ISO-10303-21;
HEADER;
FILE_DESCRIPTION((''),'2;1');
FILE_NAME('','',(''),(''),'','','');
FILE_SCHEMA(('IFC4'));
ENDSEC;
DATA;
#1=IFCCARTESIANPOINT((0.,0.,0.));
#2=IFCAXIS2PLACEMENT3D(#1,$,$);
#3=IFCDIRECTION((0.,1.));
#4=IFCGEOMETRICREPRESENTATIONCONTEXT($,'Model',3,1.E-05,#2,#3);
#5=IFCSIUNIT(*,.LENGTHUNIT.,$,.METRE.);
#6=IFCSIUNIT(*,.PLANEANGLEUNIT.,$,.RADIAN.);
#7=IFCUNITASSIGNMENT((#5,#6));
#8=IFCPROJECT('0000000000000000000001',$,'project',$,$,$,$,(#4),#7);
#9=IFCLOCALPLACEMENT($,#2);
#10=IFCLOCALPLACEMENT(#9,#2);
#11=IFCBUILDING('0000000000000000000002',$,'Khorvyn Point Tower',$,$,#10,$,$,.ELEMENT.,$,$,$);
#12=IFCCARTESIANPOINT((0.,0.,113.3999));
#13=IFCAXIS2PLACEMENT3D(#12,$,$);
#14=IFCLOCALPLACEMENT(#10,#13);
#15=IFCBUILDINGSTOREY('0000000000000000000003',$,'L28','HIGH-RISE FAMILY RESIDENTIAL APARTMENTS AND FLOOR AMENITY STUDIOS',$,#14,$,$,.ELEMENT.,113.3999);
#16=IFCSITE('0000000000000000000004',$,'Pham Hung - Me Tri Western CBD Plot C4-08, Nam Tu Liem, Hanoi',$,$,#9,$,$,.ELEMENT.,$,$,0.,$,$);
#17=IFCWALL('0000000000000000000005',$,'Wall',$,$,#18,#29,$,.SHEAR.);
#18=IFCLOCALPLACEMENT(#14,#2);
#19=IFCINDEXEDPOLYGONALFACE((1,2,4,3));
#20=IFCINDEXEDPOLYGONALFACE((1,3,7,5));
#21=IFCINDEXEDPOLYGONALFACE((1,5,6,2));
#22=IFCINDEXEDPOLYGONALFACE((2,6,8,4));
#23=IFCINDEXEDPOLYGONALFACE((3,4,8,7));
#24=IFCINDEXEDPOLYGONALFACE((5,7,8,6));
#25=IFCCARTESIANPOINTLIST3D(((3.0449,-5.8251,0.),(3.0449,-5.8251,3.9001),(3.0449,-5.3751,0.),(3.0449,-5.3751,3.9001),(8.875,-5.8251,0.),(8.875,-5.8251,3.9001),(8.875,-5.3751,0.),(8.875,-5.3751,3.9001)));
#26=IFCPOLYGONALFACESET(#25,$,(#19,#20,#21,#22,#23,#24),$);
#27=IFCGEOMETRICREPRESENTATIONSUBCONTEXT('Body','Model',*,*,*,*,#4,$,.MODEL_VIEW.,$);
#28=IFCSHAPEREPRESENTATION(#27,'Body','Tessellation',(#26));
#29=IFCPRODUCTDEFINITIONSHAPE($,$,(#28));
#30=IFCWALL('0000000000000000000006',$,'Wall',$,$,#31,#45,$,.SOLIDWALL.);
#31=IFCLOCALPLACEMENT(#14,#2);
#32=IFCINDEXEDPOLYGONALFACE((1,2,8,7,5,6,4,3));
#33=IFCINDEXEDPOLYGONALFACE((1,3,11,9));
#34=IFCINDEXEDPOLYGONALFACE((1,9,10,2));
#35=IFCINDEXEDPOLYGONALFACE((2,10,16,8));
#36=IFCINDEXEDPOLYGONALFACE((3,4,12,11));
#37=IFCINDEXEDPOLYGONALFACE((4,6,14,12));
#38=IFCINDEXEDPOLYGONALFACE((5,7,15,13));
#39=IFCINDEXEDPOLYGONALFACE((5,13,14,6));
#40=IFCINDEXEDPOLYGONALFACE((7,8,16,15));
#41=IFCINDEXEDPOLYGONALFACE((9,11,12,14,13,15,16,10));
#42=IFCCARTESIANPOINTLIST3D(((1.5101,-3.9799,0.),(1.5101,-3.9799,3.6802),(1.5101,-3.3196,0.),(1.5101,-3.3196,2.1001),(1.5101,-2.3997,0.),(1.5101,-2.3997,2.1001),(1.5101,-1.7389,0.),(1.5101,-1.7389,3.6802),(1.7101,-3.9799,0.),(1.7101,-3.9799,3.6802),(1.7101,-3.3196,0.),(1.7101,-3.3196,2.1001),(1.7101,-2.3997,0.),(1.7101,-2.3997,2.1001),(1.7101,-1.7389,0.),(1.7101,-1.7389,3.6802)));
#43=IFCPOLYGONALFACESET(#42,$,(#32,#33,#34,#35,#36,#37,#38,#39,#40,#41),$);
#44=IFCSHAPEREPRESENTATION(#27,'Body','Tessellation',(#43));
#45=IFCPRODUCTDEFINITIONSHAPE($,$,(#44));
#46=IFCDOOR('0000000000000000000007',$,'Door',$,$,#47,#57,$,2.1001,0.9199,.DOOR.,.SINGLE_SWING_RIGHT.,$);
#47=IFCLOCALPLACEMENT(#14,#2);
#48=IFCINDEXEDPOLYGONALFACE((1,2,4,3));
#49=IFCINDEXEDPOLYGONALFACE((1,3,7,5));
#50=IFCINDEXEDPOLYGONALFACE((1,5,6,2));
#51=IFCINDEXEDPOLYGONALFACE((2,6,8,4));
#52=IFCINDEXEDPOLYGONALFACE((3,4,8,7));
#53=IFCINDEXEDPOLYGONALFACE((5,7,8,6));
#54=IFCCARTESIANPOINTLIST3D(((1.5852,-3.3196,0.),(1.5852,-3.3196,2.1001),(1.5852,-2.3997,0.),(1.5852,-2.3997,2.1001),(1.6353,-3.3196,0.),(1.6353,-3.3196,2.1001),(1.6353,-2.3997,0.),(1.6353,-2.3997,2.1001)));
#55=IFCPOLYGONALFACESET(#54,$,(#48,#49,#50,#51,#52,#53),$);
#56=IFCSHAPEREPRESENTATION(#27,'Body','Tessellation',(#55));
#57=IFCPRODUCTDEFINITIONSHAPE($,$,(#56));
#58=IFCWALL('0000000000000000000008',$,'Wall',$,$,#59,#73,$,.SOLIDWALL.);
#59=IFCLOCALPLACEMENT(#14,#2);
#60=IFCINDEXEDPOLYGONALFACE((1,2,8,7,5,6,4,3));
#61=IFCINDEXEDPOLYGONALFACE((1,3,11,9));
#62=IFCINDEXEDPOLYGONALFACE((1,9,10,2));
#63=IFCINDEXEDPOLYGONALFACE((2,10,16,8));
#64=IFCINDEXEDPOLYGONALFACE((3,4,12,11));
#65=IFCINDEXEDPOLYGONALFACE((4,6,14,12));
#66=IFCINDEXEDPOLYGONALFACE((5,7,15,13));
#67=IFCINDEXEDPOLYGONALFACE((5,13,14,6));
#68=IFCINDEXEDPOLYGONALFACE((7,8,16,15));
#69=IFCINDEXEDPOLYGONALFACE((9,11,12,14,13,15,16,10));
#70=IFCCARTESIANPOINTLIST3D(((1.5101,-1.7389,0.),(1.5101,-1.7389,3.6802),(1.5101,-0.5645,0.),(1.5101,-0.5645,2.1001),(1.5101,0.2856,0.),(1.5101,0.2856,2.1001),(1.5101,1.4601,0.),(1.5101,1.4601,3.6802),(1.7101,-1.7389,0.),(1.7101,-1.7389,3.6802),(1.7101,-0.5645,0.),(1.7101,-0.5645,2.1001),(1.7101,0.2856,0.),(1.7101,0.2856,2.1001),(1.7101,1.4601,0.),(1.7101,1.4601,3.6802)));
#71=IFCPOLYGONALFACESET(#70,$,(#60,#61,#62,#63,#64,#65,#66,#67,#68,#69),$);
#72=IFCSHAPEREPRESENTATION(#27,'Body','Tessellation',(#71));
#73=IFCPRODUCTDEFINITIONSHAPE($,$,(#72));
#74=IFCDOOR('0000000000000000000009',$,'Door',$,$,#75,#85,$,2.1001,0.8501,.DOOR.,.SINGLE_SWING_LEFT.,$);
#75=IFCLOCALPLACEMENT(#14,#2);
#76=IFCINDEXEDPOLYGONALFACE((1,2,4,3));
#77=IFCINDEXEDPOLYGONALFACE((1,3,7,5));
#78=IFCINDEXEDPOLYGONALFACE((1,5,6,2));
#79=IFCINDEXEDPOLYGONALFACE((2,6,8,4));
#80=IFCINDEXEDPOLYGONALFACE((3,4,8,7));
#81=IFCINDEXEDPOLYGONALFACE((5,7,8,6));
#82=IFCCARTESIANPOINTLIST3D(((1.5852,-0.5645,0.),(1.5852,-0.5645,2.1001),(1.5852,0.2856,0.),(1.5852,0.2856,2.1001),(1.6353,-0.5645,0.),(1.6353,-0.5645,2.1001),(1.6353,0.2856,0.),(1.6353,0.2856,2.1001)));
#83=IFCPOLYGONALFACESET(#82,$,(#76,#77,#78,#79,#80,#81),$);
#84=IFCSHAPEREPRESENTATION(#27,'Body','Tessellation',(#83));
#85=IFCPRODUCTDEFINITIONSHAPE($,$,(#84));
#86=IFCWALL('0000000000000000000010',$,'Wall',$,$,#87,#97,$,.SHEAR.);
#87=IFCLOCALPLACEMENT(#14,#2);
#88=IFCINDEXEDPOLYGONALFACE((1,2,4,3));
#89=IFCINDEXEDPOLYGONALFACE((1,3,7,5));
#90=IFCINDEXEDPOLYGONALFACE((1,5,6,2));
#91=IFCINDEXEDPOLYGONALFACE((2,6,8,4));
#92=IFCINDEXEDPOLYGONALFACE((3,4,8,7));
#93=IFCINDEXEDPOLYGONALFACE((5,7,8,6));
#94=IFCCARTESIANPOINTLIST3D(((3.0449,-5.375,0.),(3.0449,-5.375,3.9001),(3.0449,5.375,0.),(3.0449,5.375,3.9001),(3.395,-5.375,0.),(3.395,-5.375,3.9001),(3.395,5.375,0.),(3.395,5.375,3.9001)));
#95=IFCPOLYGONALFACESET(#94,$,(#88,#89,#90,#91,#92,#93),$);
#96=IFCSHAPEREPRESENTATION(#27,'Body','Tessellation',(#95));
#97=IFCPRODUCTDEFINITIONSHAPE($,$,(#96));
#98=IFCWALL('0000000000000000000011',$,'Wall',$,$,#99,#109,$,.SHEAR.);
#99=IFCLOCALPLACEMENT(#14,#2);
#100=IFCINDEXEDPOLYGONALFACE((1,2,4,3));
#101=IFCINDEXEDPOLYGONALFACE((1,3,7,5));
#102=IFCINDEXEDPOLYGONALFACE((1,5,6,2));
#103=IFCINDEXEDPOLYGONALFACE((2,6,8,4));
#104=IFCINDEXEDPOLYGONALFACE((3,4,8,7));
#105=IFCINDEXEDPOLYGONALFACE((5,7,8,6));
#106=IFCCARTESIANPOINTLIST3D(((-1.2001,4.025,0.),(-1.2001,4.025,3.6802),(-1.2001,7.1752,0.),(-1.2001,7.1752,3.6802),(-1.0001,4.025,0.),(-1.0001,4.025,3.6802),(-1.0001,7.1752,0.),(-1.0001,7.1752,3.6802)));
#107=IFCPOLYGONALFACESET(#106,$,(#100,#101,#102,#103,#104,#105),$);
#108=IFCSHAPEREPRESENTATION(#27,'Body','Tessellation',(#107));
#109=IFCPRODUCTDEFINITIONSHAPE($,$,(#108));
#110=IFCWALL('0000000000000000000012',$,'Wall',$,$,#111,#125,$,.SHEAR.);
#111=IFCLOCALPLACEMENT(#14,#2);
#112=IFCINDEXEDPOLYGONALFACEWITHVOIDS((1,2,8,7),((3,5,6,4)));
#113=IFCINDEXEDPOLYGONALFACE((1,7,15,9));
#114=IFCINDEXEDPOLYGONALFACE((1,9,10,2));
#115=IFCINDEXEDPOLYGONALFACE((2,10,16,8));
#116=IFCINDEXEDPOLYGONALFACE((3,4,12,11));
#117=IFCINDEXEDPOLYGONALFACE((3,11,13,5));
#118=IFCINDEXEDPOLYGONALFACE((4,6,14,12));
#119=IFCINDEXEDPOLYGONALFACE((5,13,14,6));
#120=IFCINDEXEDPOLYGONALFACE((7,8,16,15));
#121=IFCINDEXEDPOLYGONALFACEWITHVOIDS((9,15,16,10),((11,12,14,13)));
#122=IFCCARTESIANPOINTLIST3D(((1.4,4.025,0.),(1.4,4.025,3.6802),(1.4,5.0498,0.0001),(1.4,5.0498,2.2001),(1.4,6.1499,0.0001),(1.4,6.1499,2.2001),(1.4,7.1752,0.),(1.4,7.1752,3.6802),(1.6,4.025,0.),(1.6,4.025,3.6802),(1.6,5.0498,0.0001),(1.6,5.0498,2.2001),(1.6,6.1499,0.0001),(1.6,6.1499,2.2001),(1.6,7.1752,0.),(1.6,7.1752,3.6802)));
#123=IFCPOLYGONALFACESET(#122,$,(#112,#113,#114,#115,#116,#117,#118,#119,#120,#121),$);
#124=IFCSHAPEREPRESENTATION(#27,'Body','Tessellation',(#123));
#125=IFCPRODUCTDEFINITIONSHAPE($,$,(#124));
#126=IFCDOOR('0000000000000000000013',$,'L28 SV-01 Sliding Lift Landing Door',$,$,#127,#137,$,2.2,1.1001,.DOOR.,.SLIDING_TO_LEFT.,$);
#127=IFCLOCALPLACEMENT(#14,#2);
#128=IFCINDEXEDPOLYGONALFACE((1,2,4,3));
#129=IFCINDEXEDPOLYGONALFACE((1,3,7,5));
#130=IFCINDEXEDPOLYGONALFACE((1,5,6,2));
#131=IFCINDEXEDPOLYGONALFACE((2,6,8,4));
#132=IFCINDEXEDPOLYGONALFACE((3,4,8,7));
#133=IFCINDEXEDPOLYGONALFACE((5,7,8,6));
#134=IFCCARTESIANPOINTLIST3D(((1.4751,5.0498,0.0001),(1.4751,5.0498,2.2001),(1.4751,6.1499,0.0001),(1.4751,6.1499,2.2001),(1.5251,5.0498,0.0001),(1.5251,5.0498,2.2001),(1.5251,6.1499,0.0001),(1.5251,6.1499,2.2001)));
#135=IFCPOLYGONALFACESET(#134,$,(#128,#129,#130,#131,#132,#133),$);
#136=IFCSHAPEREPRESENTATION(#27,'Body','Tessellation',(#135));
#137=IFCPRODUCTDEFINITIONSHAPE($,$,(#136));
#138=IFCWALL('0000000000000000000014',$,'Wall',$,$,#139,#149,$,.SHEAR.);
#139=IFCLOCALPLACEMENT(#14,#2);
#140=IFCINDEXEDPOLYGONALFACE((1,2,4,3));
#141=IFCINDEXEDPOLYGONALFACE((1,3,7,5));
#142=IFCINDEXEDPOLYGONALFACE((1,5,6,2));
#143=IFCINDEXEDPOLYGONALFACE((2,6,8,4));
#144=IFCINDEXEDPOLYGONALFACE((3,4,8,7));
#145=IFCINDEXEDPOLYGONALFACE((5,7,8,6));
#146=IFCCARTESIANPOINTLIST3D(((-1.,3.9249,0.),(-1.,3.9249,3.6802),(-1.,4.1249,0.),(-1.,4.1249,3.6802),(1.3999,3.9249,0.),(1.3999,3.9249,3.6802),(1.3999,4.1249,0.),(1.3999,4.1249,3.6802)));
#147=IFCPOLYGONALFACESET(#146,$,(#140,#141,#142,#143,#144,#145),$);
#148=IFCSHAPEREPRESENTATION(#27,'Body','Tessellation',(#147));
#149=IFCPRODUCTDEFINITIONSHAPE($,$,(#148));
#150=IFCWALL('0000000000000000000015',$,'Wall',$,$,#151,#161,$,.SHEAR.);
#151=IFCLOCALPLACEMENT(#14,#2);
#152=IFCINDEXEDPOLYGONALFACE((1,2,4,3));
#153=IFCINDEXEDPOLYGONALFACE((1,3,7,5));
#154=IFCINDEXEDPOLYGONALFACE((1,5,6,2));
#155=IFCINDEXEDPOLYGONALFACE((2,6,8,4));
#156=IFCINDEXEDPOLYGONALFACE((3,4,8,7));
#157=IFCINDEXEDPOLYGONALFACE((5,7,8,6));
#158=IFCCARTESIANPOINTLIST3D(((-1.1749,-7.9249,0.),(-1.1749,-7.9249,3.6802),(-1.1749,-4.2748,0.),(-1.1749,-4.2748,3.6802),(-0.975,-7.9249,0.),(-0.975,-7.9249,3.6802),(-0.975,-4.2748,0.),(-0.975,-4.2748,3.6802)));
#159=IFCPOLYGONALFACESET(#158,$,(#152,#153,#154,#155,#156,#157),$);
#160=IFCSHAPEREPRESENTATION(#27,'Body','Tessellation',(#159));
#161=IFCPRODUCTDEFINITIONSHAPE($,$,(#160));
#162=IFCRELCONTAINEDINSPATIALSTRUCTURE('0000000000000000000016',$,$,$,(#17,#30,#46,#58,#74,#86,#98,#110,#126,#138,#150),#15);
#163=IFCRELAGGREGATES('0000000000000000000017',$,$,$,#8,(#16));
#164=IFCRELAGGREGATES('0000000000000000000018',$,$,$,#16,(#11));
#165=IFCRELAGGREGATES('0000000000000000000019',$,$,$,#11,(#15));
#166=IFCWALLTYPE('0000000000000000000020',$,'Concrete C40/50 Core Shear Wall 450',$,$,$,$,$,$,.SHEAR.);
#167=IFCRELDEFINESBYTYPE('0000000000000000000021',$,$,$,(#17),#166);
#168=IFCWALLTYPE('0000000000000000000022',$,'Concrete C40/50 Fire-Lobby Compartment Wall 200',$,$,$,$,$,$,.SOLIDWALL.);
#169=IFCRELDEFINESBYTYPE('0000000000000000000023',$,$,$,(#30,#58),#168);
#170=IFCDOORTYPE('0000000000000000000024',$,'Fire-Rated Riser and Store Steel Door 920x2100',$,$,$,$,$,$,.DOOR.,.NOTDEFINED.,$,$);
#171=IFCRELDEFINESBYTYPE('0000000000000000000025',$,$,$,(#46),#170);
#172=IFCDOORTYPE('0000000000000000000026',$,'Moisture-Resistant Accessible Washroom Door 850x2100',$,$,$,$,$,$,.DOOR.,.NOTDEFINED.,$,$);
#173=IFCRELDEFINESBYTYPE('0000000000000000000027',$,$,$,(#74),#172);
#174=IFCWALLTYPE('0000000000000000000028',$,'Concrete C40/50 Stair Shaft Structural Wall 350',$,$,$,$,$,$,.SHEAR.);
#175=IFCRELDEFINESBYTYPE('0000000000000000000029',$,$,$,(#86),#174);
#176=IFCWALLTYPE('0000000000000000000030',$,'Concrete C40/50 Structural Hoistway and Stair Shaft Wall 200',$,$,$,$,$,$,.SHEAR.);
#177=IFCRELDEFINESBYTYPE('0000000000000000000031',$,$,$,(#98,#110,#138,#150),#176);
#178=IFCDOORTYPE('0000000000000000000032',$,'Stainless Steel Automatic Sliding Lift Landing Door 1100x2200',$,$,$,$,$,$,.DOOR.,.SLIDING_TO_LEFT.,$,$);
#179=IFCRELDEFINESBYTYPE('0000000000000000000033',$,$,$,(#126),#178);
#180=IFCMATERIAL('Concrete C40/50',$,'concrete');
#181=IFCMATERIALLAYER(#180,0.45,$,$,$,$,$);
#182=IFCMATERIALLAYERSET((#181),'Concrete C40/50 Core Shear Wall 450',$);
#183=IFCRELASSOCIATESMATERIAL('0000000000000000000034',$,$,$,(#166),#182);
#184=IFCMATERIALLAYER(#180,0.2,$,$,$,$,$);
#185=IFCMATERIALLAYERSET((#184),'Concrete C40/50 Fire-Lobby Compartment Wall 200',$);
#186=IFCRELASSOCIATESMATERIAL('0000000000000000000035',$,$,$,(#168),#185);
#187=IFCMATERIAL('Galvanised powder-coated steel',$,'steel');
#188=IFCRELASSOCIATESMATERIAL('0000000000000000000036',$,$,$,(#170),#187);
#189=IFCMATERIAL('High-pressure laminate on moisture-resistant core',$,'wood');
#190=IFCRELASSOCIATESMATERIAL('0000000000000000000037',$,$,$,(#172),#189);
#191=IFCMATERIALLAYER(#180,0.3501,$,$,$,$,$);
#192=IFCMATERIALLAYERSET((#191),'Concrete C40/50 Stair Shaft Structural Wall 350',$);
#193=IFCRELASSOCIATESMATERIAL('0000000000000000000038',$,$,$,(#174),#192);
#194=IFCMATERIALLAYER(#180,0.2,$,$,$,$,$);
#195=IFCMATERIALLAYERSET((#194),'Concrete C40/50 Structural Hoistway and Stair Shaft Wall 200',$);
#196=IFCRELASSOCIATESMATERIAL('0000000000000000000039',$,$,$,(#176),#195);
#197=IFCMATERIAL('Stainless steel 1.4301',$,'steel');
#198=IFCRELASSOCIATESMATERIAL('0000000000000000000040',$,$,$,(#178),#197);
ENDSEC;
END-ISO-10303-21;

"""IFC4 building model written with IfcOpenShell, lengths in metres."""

from ifc_helpers import new_model, si_unit, direction, frame, frame_2d, origin, place, context, subcontext, project, spatial, rectangle, extrude, material, layer, layer_set, type_object, element, fill, save


model = new_model("IFC4")

# Units and contexts
model_context = context("Model", 3, precision=1e-05, world=origin(), true_north=direction((0.0, 1.0)))
body_context = subcontext(model_context, "Body", "Model", "MODEL_VIEW")
ifc_project = project(units=[si_unit("LENGTHUNIT", "METRE"), si_unit("PLANEANGLEUNIT", "RADIAN")], contexts=[model_context])

# Site, building, storey
site_placement = place(None, origin())
site = spatial("IfcSite", under=ifc_project, at=site_placement, Name="Pham Hung - Me Tri Western CBD Plot C4-08, Nam Tu Liem, Hanoi", CompositionType="ELEMENT", RefElevation=0.0)
building_placement = place(site_placement, origin())
building = spatial("IfcBuilding", under=site, at=building_placement, Name="Khorvyn Point Tower", CompositionType="ELEMENT")
storey_placement = place(building_placement, frame((0.0, 0.0, 113.3999)))
storey = spatial("IfcBuildingStorey", under=building, at=storey_placement, Name="L28", Description="HIGH-RISE FAMILY RESIDENTIAL APARTMENTS AND FLOOR AMENITY STUDIOS", CompositionType="ELEMENT", Elevation=113.3999)

# Shared definitions
ifc_material_1 = material(Name="Concrete C40/50", Category="concrete")

# Wall
ifc_layer_1 = layer(ifc_material_1, 0.45)
ifc_layer_set_1 = layer_set([ifc_layer_1], Name="Concrete C40/50 Core Shear Wall 450")
wall_type_1 = type_object("IfcWallType", Name="Concrete C40/50 Core Shear Wall 450", PredefinedType="SHEAR", material=ifc_layer_set_1)
wall_1_placement = place(storey_placement, frame((3.0449, -5.6001, 0.0), z_axis=(0.0, 0.0, 1.0), x_axis=(1.0, 0.0, 0.0)))
element("IfcWall", 1, at=wall_1_placement, inside=storey, type_object=wall_type_1, Name="Wall", PredefinedType="SHEAR", context=body_context, shape_type="SweptSolid", body=[
    extrude(rectangle(XDim=5.8301, YDim=0.45, at=frame_2d((2.915, 0.0))), origin(), (0.0, 0.0, 1.0), 3.9001),
])

# Walls, openings, doors
ifc_layer_2 = layer(ifc_material_1, 0.2)
ifc_layer_set_2 = layer_set([ifc_layer_2], Name="Concrete C40/50 Fire-Lobby Compartment Wall 200")
wall_type_2 = type_object("IfcWallType", Name="Concrete C40/50 Fire-Lobby Compartment Wall 200", PredefinedType="SOLIDWALL", material=ifc_layer_set_2)
wall_2_placement = place(storey_placement, frame((1.6101, -3.98, 0.0), z_axis=(0.0, 0.0, 1.0), x_axis=(0.0, 1.0, 0.0)))
wall_2 = element("IfcWall", 2, at=wall_2_placement, inside=storey, type_object=wall_type_2, Name="Wall", PredefinedType="SOLIDWALL", context=body_context, shape_type="SweptSolid", body=[
    extrude(rectangle(XDim=2.241, YDim=0.2, at=frame_2d((1.1206, 0.0))), origin(), (0.0, 0.0, 1.0), 3.6802),
])
opening_1_placement = place(wall_2_placement, frame((0.6604, 0.0, 0.0)))
opening_1 = element("IfcOpeningElement", 3, at=opening_1_placement, cuts=wall_2, PredefinedType="OPENING", context=body_context, shape_type="SweptSolid", body=[
    extrude(rectangle(XDim=0.9199, YDim=2.1001, at=frame_2d((0.46, 1.05))), frame((0.0, 0.1099, 0.0), z_axis=(0.0, -1.0, 0.0), x_axis=(1.0, 0.0, 0.0)), (0.0, 0.0, 1.0), 0.22),
])
ifc_material_2 = material(Name="Galvanised powder-coated steel", Category="steel")
door_type_1 = type_object("IfcDoorType", Name="Fire-Rated Riser and Store Steel Door 920x2100", OperationType="NOTDEFINED", PredefinedType="DOOR", material=ifc_material_2)
door_1_placement = place(opening_1_placement, origin())
door_1 = element("IfcDoor", 4, at=door_1_placement, inside=storey, type_object=door_type_1, Name="Door", OperationType="SINGLE_SWING_RIGHT", OverallHeight=2.1001, OverallWidth=0.9199, PredefinedType="DOOR", context=body_context, shape_type="SweptSolid", body=[
    extrude(rectangle(XDim=0.9199, YDim=2.1001, at=frame_2d((0.46, 1.05))), frame((0.0, 0.0249, 0.0), z_axis=(0.0, -1.0, 0.0), x_axis=(1.0, 0.0, 0.0)), (0.0, 0.0, 1.0), 0.05),
])
fill(opening_1, door_1)
wall_3_placement = place(storey_placement, frame((1.6101, -1.739, 0.0), z_axis=(0.0, 0.0, 1.0), x_axis=(0.0, 1.0, 0.0)))
wall_3 = element("IfcWall", 5, at=wall_3_placement, inside=storey, type_object=wall_type_2, Name="Wall", PredefinedType="SOLIDWALL", context=body_context, shape_type="SweptSolid", body=[
    extrude(rectangle(XDim=3.199, YDim=0.2, at=frame_2d((1.5996, 0.0))), origin(), (0.0, 0.0, 1.0), 3.6802),
])
opening_2_placement = place(wall_3_placement, frame((1.1746, 0.0, 0.0)))
opening_2 = element("IfcOpeningElement", 6, at=opening_2_placement, cuts=wall_3, PredefinedType="OPENING", context=body_context, shape_type="SweptSolid", body=[
    extrude(rectangle(XDim=0.8501, YDim=2.1001, at=frame_2d((0.425, 1.05))), frame((0.0, 0.1099, 0.0), z_axis=(0.0, -1.0, 0.0), x_axis=(1.0, 0.0, 0.0)), (0.0, 0.0, 1.0), 0.22),
])
ifc_material_3 = material(Name="High-pressure laminate on moisture-resistant core", Category="wood")
door_type_2 = type_object("IfcDoorType", Name="Moisture-Resistant Accessible Washroom Door 850x2100", OperationType="NOTDEFINED", PredefinedType="DOOR", material=ifc_material_3)
door_2_placement = place(opening_2_placement, origin())
door_2 = element("IfcDoor", 7, at=door_2_placement, inside=storey, type_object=door_type_2, Name="Door", OperationType="SINGLE_SWING_LEFT", OverallHeight=2.1001, OverallWidth=0.8501, PredefinedType="DOOR", context=body_context, shape_type="SweptSolid", body=[
    extrude(rectangle(XDim=0.8501, YDim=2.1001, at=frame_2d((0.425, 1.05))), frame((0.0, 0.0249, 0.0), z_axis=(0.0, -1.0, 0.0), x_axis=(1.0, 0.0, 0.0)), (0.0, 0.0, 1.0), 0.05),
])
fill(opening_2, door_2)

# Walls
ifc_layer_3 = layer(ifc_material_1, 0.3501)
ifc_layer_set_3 = layer_set([ifc_layer_3], Name="Concrete C40/50 Stair Shaft Structural Wall 350")
wall_type_3 = type_object("IfcWallType", Name="Concrete C40/50 Stair Shaft Structural Wall 350", PredefinedType="SHEAR", material=ifc_layer_set_3)
wall_4_placement = place(storey_placement, frame((3.22, -5.375, 0.0), z_axis=(0.0, 0.0, 1.0), x_axis=(0.0, 1.0, 0.0)))
element("IfcWall", 8, at=wall_4_placement, inside=storey, type_object=wall_type_3, Name="Wall", PredefinedType="SHEAR", context=body_context, shape_type="SweptSolid", body=[
    extrude(rectangle(XDim=10.75, YDim=0.3501, at=frame_2d((5.375, 0.0))), origin(), (0.0, 0.0, 1.0), 3.9001),
])
ifc_layer_4 = layer(ifc_material_1, 0.2)
ifc_layer_set_4 = layer_set([ifc_layer_4], Name="Concrete C40/50 Structural Hoistway and Stair Shaft Wall 200")
wall_type_4 = type_object("IfcWallType", Name="Concrete C40/50 Structural Hoistway and Stair Shaft Wall 200", PredefinedType="SHEAR", material=ifc_layer_set_4)
wall_5_placement = place(storey_placement, frame((-1.1001, 4.0249, 0.0), z_axis=(0.0, 0.0, 1.0), x_axis=(0.0, 1.0, 0.0)))
element("IfcWall", 9, at=wall_5_placement, inside=storey, type_object=wall_type_4, Name="Wall", PredefinedType="SHEAR", context=body_context, shape_type="SweptSolid", body=[
    extrude(rectangle(XDim=3.1501, YDim=0.2, at=frame_2d((1.5752, 0.0))), origin(), (0.0, 0.0, 1.0), 3.6802),
])

# Wall, opening, door
wall_6_placement = place(storey_placement, frame((1.5, 4.0249, 0.0), z_axis=(0.0, 0.0, 1.0), x_axis=(0.0, 1.0, 0.0)))
wall_6 = element("IfcWall", 10, at=wall_6_placement, inside=storey, type_object=wall_type_4, Name="Wall", PredefinedType="SHEAR", context=body_context, shape_type="SweptSolid", body=[
    extrude(rectangle(XDim=3.1501, YDim=0.2, at=frame_2d((1.5752, 0.0))), origin(), (0.0, 0.0, 1.0), 3.6802),
])
opening_3_placement = place(wall_6_placement, frame((1.0249, 0.0, 0.0)))
opening_3 = element("IfcOpeningElement", 11, at=opening_3_placement, cuts=wall_6, PredefinedType="OPENING", context=body_context, shape_type="SweptSolid", body=[
    extrude(rectangle(XDim=1.1001, YDim=2.2, at=frame_2d((0.55, 1.1001))), frame((0.0, 0.1099, 0.0), z_axis=(0.0, -1.0, 0.0), x_axis=(1.0, 0.0, 0.0)), (0.0, 0.0, 1.0), 0.22),
])
ifc_material_4 = material(Name="Stainless steel 1.4301", Category="steel")
door_type_3 = type_object("IfcDoorType", Name="Stainless Steel Automatic Sliding Lift Landing Door 1100x2200", OperationType="SLIDING_TO_LEFT", PredefinedType="DOOR", material=ifc_material_4)
door_3_placement = place(opening_3_placement, origin())
door_3 = element("IfcDoor", 12, at=door_3_placement, inside=storey, type_object=door_type_3, Name="L28 SV-01 Sliding Lift Landing Door", OperationType="SLIDING_TO_LEFT", OverallHeight=2.2, OverallWidth=1.1001, PredefinedType="DOOR", context=body_context, shape_type="SweptSolid", body=[
    extrude(rectangle(XDim=1.1001, YDim=2.2, at=frame_2d((0.55, 1.1001))), frame((0.0, 0.0249, 0.0), z_axis=(0.0, -1.0, 0.0), x_axis=(1.0, 0.0, 0.0)), (0.0, 0.0, 1.0), 0.05),
])
fill(opening_3, door_3)

# Walls
wall_7_placement = place(storey_placement, frame((-1.0, 4.0249, 0.0), z_axis=(0.0, 0.0, 1.0), x_axis=(1.0, 0.0, 0.0)))
element("IfcWall", 13, at=wall_7_placement, inside=storey, type_object=wall_type_4, Name="Wall", PredefinedType="SHEAR", context=body_context, shape_type="SweptSolid", body=[
    extrude(rectangle(XDim=2.3999, YDim=0.2, at=frame_2d((1.2, 0.0))), origin(), (0.0, 0.0, 1.0), 3.6802),
])
wall_8_placement = place(storey_placement, frame((-1.075, -7.925, 0.0), z_axis=(0.0, 0.0, 1.0), x_axis=(0.0, 1.0, 0.0)))
element("IfcWall", 14, at=wall_8_placement, inside=storey, type_object=wall_type_4, Name="Wall", PredefinedType="SHEAR", context=body_context, shape_type="SweptSolid", body=[
    extrude(rectangle(XDim=3.6501, YDim=0.2, at=frame_2d((1.8252, 0.0))), origin(), (0.0, 0.0, 1.0), 3.6802),
])

save(model, "model.ifc")
